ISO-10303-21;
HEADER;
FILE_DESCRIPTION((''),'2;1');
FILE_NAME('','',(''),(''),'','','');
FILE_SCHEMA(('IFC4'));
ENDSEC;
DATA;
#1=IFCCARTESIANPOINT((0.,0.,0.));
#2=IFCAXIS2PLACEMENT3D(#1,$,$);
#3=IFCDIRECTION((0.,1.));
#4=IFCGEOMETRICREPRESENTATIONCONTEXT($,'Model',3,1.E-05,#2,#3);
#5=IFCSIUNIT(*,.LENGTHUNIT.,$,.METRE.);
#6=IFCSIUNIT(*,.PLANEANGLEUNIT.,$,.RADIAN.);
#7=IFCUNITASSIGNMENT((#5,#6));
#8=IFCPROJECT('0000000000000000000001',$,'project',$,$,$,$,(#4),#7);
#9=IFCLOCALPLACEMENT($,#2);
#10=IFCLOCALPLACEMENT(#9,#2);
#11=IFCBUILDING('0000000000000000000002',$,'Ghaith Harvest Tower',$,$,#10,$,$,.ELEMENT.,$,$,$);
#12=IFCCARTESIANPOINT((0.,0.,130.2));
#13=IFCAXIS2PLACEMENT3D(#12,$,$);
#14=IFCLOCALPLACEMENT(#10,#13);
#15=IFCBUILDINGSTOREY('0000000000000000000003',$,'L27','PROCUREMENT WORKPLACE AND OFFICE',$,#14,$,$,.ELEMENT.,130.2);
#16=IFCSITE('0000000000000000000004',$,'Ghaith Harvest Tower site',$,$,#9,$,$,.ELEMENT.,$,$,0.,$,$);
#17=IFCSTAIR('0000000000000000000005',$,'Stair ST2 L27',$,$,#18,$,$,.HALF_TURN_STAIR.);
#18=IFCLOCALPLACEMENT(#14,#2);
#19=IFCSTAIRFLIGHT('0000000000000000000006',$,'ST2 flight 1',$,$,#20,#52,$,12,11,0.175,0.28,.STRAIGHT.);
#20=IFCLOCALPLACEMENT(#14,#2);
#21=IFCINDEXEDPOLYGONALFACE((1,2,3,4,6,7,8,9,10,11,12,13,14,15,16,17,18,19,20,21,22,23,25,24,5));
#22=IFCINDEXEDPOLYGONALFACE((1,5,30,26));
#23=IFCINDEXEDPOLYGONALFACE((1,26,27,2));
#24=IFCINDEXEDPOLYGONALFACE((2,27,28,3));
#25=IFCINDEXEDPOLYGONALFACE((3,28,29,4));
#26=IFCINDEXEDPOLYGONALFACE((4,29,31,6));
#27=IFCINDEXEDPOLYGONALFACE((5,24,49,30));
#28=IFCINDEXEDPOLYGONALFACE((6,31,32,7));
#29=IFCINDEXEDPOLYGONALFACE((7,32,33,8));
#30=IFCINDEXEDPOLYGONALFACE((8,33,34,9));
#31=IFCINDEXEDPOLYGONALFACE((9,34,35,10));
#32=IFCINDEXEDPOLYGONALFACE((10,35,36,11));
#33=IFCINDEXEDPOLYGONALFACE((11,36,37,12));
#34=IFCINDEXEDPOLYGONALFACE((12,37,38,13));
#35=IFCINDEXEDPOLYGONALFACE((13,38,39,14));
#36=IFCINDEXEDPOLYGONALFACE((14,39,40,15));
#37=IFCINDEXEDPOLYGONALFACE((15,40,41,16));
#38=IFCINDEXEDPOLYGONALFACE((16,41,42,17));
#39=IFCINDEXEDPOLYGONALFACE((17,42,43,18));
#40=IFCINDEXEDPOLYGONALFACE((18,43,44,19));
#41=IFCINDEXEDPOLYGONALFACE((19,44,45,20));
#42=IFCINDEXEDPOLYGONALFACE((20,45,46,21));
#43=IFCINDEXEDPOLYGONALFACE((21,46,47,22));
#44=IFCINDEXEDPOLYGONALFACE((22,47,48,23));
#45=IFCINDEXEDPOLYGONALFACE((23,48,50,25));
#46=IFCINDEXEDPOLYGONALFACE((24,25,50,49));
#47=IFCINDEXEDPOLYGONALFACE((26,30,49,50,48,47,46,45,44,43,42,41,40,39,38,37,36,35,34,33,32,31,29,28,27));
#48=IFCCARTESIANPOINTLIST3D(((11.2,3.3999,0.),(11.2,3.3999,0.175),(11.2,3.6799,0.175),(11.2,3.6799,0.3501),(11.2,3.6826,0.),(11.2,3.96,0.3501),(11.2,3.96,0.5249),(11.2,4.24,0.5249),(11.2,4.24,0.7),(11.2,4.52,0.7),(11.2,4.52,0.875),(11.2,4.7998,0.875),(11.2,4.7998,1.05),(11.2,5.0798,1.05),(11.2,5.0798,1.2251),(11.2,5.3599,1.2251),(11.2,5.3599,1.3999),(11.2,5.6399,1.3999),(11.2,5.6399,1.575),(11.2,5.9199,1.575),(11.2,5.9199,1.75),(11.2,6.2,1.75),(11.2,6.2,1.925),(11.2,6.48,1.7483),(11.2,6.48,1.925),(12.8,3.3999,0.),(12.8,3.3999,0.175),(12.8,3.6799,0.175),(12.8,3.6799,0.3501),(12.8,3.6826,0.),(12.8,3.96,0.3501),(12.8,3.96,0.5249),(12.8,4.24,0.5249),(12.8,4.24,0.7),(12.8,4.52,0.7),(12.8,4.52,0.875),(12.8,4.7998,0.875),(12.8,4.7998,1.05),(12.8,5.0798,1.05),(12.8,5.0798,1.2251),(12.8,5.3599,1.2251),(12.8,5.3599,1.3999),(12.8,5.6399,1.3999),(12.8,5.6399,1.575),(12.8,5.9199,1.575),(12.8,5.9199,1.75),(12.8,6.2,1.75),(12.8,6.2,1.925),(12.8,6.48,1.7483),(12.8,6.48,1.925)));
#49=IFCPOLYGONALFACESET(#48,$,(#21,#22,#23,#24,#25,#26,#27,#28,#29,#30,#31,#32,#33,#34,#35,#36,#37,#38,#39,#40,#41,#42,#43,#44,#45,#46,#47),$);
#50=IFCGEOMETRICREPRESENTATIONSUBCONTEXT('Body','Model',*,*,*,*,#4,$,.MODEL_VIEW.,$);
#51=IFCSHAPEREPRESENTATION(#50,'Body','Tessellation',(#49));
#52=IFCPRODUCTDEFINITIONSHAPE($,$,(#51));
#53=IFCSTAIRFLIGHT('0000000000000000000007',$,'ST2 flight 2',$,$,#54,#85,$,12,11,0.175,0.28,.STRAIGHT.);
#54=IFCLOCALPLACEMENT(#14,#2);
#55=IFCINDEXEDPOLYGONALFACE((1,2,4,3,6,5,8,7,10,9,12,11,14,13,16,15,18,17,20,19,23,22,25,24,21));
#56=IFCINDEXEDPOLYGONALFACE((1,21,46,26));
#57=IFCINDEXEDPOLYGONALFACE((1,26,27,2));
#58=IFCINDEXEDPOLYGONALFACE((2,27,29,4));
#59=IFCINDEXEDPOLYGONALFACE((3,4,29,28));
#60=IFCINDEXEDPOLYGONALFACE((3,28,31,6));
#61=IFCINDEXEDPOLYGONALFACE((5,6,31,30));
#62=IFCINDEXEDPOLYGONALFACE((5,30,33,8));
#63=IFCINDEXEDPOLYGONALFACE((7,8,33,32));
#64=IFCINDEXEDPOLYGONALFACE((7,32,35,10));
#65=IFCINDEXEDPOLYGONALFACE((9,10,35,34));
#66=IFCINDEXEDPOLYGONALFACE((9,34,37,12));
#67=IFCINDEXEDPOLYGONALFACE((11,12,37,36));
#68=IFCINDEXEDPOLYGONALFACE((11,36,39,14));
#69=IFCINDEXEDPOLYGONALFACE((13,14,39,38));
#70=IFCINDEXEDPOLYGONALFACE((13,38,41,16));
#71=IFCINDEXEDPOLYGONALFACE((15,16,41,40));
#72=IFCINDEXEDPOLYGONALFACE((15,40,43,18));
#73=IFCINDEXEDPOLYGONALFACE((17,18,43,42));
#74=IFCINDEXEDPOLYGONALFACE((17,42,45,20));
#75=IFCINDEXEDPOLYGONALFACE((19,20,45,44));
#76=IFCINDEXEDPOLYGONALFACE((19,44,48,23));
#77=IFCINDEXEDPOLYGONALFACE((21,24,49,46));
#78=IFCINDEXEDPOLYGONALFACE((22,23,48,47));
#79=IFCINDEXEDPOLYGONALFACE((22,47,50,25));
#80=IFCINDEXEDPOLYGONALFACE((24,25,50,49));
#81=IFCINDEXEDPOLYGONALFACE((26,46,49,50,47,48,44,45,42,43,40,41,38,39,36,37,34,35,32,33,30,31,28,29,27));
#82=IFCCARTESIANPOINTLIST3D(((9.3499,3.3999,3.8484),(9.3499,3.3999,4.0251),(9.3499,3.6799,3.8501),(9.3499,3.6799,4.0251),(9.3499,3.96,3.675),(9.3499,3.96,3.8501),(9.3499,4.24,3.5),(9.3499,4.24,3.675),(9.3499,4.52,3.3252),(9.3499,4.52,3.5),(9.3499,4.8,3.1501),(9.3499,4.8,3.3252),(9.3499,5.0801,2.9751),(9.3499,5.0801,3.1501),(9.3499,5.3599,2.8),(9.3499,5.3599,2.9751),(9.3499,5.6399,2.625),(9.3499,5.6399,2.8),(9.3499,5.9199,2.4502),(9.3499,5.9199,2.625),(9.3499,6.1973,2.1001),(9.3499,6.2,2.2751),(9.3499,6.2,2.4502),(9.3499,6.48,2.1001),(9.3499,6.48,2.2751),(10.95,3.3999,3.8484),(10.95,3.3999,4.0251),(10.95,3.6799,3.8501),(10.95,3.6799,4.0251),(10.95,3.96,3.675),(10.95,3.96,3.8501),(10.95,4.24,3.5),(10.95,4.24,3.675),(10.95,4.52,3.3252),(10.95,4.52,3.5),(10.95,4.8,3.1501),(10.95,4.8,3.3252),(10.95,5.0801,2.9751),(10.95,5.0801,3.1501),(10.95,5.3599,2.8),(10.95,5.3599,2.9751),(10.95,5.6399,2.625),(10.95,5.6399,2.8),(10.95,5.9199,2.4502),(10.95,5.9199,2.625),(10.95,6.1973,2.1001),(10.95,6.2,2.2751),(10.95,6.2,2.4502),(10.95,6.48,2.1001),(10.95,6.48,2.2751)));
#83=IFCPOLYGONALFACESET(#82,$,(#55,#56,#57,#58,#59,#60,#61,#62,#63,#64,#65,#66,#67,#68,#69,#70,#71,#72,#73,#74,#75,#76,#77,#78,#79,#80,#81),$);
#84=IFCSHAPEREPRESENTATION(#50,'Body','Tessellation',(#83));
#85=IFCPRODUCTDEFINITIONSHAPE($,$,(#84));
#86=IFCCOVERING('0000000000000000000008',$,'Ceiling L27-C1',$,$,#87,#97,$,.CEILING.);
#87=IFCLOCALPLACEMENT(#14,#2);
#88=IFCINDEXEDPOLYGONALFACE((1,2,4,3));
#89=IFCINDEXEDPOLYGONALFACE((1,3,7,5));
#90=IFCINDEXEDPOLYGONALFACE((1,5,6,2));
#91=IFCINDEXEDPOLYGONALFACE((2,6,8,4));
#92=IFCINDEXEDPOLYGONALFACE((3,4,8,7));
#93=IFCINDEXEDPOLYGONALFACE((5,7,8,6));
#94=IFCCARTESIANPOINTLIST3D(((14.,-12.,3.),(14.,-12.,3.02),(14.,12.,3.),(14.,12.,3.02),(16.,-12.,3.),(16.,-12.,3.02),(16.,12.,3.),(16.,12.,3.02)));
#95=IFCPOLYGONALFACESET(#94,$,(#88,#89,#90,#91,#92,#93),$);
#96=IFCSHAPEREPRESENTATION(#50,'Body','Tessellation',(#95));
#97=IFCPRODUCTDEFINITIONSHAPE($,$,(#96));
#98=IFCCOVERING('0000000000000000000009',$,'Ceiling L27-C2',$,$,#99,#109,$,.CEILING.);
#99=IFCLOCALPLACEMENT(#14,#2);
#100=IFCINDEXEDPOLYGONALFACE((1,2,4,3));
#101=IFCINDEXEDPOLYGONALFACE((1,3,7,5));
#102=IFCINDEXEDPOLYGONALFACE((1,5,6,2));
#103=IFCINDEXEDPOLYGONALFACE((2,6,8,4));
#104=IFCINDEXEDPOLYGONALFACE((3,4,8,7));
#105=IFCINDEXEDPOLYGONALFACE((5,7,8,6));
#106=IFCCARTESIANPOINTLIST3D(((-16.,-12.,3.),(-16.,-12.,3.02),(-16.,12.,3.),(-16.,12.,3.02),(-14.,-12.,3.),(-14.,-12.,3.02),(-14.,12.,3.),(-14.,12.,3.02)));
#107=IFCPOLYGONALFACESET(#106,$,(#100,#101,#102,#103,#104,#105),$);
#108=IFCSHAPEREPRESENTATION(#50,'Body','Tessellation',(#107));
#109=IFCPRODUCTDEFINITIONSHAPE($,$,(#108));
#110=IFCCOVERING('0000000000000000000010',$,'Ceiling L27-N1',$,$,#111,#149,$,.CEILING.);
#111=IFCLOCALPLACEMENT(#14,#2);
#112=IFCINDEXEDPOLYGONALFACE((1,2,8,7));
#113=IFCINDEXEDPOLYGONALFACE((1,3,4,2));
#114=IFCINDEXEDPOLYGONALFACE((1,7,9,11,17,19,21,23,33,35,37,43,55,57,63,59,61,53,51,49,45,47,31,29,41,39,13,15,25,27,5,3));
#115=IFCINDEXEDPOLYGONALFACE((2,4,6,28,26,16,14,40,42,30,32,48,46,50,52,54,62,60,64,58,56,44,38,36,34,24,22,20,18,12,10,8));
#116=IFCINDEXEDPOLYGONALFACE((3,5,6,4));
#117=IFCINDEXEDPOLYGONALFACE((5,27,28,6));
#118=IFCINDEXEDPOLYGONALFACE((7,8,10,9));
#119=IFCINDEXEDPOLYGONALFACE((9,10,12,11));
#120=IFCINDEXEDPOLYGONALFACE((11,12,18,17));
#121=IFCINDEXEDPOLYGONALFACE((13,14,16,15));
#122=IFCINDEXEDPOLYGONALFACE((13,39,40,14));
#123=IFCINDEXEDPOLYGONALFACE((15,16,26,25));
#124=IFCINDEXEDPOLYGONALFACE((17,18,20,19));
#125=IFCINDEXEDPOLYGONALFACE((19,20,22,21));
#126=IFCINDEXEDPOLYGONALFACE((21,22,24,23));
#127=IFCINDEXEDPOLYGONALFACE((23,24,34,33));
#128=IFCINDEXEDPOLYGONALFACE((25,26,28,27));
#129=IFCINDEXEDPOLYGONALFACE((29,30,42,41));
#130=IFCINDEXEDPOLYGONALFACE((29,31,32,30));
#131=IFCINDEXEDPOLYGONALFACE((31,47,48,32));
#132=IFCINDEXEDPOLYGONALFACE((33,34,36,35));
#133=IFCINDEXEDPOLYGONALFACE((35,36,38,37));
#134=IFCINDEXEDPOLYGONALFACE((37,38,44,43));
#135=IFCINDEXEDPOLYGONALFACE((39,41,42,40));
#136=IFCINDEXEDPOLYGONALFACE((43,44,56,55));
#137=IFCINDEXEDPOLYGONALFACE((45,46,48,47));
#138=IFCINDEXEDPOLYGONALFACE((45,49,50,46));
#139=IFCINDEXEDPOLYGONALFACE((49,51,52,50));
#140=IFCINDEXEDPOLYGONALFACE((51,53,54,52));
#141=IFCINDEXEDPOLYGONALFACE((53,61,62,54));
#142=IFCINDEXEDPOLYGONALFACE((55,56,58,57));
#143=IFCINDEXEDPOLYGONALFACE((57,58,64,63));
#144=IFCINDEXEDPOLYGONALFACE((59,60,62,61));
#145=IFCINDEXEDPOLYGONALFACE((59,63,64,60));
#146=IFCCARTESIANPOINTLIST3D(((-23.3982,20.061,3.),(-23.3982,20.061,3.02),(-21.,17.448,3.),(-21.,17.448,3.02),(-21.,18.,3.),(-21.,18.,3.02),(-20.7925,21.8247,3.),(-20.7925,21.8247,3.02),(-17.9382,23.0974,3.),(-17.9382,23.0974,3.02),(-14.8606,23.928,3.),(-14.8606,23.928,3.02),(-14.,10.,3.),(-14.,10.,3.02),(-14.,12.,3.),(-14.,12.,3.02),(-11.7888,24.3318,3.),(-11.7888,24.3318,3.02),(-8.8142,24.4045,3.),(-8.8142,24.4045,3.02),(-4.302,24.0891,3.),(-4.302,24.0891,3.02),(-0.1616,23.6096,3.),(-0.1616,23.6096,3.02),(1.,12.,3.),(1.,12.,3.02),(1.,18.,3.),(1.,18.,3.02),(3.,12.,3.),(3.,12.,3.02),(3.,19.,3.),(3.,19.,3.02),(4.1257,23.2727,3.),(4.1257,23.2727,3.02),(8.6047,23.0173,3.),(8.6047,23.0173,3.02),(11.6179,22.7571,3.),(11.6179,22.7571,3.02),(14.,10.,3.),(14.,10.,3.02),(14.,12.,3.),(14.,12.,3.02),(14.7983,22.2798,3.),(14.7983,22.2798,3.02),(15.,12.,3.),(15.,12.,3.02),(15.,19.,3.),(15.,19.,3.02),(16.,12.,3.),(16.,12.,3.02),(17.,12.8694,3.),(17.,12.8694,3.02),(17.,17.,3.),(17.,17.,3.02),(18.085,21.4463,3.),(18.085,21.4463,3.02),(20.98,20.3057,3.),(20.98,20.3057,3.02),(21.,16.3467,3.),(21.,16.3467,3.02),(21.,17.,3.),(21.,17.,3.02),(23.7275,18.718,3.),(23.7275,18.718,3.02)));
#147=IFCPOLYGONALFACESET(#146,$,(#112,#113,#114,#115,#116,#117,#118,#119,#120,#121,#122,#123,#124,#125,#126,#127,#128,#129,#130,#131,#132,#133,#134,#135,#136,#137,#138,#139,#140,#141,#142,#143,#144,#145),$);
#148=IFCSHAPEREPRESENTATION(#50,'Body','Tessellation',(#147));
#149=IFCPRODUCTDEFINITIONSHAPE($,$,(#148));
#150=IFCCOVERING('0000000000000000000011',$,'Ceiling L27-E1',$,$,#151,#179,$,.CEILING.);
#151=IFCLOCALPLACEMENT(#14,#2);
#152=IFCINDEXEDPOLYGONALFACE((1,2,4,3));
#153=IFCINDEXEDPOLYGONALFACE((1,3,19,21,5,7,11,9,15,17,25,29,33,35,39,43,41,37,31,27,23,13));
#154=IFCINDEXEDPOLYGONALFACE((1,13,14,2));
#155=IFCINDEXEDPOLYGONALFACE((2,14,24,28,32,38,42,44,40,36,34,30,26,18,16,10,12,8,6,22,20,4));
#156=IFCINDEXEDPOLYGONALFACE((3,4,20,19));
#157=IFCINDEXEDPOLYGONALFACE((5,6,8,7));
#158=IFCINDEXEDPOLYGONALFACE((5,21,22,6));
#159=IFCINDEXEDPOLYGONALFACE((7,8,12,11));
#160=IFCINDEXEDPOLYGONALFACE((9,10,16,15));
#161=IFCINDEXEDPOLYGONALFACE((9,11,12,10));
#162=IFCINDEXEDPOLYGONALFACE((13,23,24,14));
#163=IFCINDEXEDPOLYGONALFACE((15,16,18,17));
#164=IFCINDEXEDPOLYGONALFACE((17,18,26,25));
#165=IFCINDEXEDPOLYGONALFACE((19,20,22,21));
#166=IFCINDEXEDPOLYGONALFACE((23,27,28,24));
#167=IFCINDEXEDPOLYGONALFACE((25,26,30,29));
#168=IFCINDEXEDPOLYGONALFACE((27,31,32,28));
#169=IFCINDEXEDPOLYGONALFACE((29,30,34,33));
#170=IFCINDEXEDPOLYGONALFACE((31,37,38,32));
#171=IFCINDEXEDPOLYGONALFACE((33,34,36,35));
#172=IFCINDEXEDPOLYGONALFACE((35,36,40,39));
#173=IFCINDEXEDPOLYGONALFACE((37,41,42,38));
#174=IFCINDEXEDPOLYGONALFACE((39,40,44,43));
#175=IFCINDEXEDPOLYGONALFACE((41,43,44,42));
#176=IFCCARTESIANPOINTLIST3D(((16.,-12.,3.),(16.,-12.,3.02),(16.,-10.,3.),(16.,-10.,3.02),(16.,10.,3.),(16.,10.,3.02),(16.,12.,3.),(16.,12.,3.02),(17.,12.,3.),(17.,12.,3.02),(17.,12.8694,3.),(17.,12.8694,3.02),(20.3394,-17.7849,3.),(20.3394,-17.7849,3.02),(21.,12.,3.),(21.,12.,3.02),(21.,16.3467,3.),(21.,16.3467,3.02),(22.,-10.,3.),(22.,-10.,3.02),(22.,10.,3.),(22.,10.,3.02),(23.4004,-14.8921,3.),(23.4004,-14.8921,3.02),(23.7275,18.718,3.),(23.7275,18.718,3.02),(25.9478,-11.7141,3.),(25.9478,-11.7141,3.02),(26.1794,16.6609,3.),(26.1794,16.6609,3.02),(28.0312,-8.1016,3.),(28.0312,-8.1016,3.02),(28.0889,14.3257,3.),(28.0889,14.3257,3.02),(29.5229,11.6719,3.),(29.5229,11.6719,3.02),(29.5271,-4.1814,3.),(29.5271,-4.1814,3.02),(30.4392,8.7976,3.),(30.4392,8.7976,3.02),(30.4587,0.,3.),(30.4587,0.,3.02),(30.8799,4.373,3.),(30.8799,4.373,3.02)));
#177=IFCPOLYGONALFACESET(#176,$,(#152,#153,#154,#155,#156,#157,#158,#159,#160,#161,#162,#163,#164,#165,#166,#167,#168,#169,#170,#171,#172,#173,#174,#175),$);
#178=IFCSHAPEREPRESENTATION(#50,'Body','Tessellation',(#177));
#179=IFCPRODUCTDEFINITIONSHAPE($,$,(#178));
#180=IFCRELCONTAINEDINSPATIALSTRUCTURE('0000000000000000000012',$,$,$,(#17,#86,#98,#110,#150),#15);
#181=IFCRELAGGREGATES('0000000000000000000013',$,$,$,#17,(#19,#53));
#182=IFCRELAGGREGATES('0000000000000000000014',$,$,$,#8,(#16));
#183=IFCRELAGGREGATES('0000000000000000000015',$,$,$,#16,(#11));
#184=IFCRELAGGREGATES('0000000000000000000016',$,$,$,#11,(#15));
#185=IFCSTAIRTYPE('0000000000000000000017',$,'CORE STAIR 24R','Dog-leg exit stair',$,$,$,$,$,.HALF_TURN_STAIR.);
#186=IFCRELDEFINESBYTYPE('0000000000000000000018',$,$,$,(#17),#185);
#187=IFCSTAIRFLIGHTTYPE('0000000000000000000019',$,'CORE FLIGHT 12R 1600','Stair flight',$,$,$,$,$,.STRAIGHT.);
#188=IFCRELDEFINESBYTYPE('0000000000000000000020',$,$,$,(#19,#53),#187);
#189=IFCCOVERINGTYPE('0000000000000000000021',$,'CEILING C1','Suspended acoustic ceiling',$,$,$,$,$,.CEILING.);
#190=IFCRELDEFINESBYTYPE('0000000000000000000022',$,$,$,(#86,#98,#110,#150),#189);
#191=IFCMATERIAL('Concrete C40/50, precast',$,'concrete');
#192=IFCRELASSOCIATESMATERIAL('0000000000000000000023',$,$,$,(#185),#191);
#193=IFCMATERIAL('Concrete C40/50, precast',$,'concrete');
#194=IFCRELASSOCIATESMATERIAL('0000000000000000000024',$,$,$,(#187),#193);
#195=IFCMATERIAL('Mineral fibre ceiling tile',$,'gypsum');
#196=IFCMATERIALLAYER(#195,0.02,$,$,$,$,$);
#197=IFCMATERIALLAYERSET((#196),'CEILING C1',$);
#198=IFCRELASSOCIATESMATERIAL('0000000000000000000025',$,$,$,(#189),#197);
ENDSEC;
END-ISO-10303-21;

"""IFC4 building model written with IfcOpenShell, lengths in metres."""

from ifc_helpers import new_model, si_unit, direction, frame, origin, place, context, subcontext, project, spatial, polyline, outline, extrude, material, layer, layer_set, type_object, element, aggregate, save


model = new_model("IFC4")

# Units and contexts
model_context = context("Model", 3, precision=1e-05, world=origin(), true_north=direction((0.0, 1.0)))
body_context = subcontext(model_context, "Body", "Model", "MODEL_VIEW")
ifc_project = project(units=[si_unit("LENGTHUNIT", "METRE"), si_unit("PLANEANGLEUNIT", "RADIAN")], contexts=[model_context])

# Site, building, storey
site_placement = place(None, origin())
site = spatial("IfcSite", under=ifc_project, at=site_placement, Name="Ghaith Harvest Tower site", CompositionType="ELEMENT", RefElevation=0.0)
building_placement = place(site_placement, origin())
building = spatial("IfcBuilding", under=site, at=building_placement, Name="Ghaith Harvest Tower", CompositionType="ELEMENT")
storey_placement = place(building_placement, frame((0.0, 0.0, 130.2)))
storey = spatial("IfcBuildingStorey", under=building, at=storey_placement, Name="L27", Description="PROCUREMENT WORKPLACE AND OFFICE", CompositionType="ELEMENT", Elevation=130.2)

# Stair, stair flights
ifc_material_1 = material(Name="Concrete C40/50, precast", Category="concrete")
stair_type = type_object("IfcStairType", Name="CORE STAIR 24R", Description="Dog-leg exit stair", PredefinedType="HALF_TURN_STAIR", material=ifc_material_1)
stair_placement = place(storey_placement, origin())
stair = element("IfcStair", 1, at=stair_placement, inside=storey, type_object=stair_type, Name="Stair ST2 L27", PredefinedType="HALF_TURN_STAIR")
ifc_material_2 = material(Name="Concrete C40/50, precast", Category="concrete")
stair_flight_type = type_object("IfcStairFlightType", Name="CORE FLIGHT 12R 1600", Description="Stair flight", PredefinedType="STRAIGHT", material=ifc_material_2)
stair_flight_1_placement = place(storey_placement, frame((12.0, 3.3999, 0.0), z_axis=(0.0, 0.0, 1.0), x_axis=(0.0, 1.0, 0.0)))
stair_flight_1 = element("IfcStairFlight", 2, at=stair_flight_1_placement, type_object=stair_flight_type, Name="ST2 flight 1", NumberOfRisers=12, NumberOfTreads=11, PredefinedType="STRAIGHT", RiserHeight=0.175, TreadLength=0.28, context=body_context, shape_type="SweptSolid", body=[
    extrude(outline(polyline([(0.0, 0.0), (0.0, 0.175), (0.28, 0.175), (0.28, 0.3501), (0.5601, 0.3501), (0.5601, 0.5249), (0.8401, 0.5249), (0.8401, 0.7), (1.1201, 0.7), (1.1201, 0.875), (1.3999, 0.875), (1.3999, 1.05), (1.6799, 1.05), (1.6799, 1.2251), (1.96, 1.2251), (1.96, 1.3999), (2.24, 1.3999), (2.24, 1.575), (2.52, 1.575), (2.52, 1.75), (2.8, 1.75), (2.8, 1.925), (3.0801, 1.925), (3.0801, 2.1001), (3.0801, 1.7483), (0.2827, 0.0), (0.0, 0.0)])), frame((0.0, 0.8, 0.0), z_axis=(0.0, -1.0, 0.0), x_axis=(1.0, 0.0, 0.0)), (0.0, 0.0, 1.0), 1.6001),
])
stair_flight_2_placement = place(storey_placement, frame((10.1499, 6.48, 2.1001), z_axis=(0.0, 0.0, 1.0), x_axis=(0.0, -1.0, 0.0)))
stair_flight_2 = element("IfcStairFlight", 3, at=stair_flight_2_placement, type_object=stair_flight_type, Name="ST2 flight 2", NumberOfRisers=12, NumberOfTreads=11, PredefinedType="STRAIGHT", RiserHeight=0.175, TreadLength=0.28, context=body_context, shape_type="SweptSolid", body=[
    extrude(outline(polyline([(0.0, 0.0), (0.0, 0.175), (0.28, 0.175), (0.28, 0.3501), (0.5601, 0.3501), (0.5601, 0.5249), (0.8401, 0.5249), (0.8401, 0.7), (1.1201, 0.7), (1.1201, 0.875), (1.3999, 0.875), (1.3999, 1.05), (1.6799, 1.05), (1.6799, 1.2251), (1.96, 1.2251), (1.96, 1.3999), (2.24, 1.3999), (2.24, 1.575), (2.52, 1.575), (2.52, 1.75), (2.8, 1.75), (2.8, 1.925), (3.0801, 1.925), (3.0801, 2.1001), (3.0801, 1.7483), (0.2827, 0.0), (0.0, 0.0)])), frame((0.0, 0.8, 0.0), z_axis=(0.0, -1.0, 0.0), x_axis=(1.0, 0.0, 0.0)), (0.0, 0.0, 1.0), 1.6001),
])
aggregate(stair, [stair_flight_1, stair_flight_2])

# Coverings
ifc_material_3 = material(Name="Mineral fibre ceiling tile", Category="gypsum")
ifc_layer_1 = layer(ifc_material_3, 0.02)
ifc_layer_set_1 = layer_set([ifc_layer_1], Name="CEILING C1")
covering_type = type_object("IfcCoveringType", Name="CEILING C1", Description="Suspended acoustic ceiling", PredefinedType="CEILING", material=ifc_layer_set_1)
covering_1_placement = place(storey_placement, frame((0.0, 0.0, 3.0)))
element("IfcCovering", 4, at=covering_1_placement, inside=storey, type_object=covering_type, Name="Ceiling L27-C1", PredefinedType="CEILING", context=body_context, shape_type="SweptSolid", body=[
    extrude(outline(polyline([(14.0, -12.0), (14.0, 12.0), (16.0, 12.0), (16.0, -12.0), (14.0, -12.0)])), origin(), (0.0, 0.0, 1.0), 0.02),
])
covering_2_placement = place(storey_placement, frame((0.0, 0.0, 3.0)))
element("IfcCovering", 5, at=covering_2_placement, inside=storey, type_object=covering_type, Name="Ceiling L27-C2", PredefinedType="CEILING", context=body_context, shape_type="SweptSolid", body=[
    extrude(outline(polyline([(-14.0, 12.0), (-14.0, -12.0), (-16.0, -12.0), (-16.0, 12.0), (-14.0, 12.0)])), origin(), (0.0, 0.0, 1.0), 0.02),
])
covering_3_placement = place(storey_placement, frame((0.0, 0.0, 3.0)))
element("IfcCovering", 6, at=covering_3_placement, inside=storey, type_object=covering_type, Name="Ceiling L27-N1", PredefinedType="CEILING", context=body_context, shape_type="SweptSolid", body=[
    extrude(outline(polyline([(-20.7925, 21.8247), (-17.9382, 23.0974), (-14.8606, 23.928), (-11.7888, 24.3318), (-8.8142, 24.4045), (-4.302, 24.0891), (-0.1616, 23.6096), (4.1257, 23.2727), (8.6047, 23.0173), (11.6179, 22.7571), (14.7983, 22.2798), (18.085, 21.4463), (20.98, 20.3057), (23.7275, 18.718), (21.0, 16.3467), (21.0, 17.0), (17.0, 17.0), (17.0, 12.8694), (16.0, 12.0), (15.0, 12.0), (15.0, 19.0), (3.0, 19.0), (3.0, 12.0), (14.0, 12.0), (14.0, 10.0), (-14.0, 10.0), (-14.0, 12.0), (1.0, 12.0), (1.0, 18.0), (-21.0, 18.0), (-21.0, 17.448), (-23.3982, 20.061), (-20.7925, 21.8247)])), origin(), (0.0, 0.0, 1.0), 0.02),
])
covering_4_placement = place(storey_placement, frame((0.0, 0.0, 3.0)))
element("IfcCovering", 7, at=covering_4_placement, inside=storey, type_object=covering_type, Name="Ceiling L27-E1", PredefinedType="CEILING", context=body_context, shape_type="SweptSolid", body=[
    extrude(outline(polyline([(26.1794, 16.6609), (28.0889, 14.3257), (29.5229, 11.6719), (30.4392, 8.7976), (30.8799, 4.373), (30.4587, 0.0), (29.5271, -4.1814), (28.0312, -8.1016), (25.9478, -11.7141), (23.4004, -14.8921), (20.3394, -17.7849), (16.0, -12.0), (16.0, -10.0), (22.0, -10.0), (22.0, 10.0), (16.0, 10.0), (16.0, 12.0), (17.0, 12.8694), (17.0, 12.0), (21.0, 12.0), (21.0, 16.3467), (23.7275, 18.718), (26.1794, 16.6609)])), origin(), (0.0, 0.0, 1.0), 0.02),
])

save(model, "model.ifc")
